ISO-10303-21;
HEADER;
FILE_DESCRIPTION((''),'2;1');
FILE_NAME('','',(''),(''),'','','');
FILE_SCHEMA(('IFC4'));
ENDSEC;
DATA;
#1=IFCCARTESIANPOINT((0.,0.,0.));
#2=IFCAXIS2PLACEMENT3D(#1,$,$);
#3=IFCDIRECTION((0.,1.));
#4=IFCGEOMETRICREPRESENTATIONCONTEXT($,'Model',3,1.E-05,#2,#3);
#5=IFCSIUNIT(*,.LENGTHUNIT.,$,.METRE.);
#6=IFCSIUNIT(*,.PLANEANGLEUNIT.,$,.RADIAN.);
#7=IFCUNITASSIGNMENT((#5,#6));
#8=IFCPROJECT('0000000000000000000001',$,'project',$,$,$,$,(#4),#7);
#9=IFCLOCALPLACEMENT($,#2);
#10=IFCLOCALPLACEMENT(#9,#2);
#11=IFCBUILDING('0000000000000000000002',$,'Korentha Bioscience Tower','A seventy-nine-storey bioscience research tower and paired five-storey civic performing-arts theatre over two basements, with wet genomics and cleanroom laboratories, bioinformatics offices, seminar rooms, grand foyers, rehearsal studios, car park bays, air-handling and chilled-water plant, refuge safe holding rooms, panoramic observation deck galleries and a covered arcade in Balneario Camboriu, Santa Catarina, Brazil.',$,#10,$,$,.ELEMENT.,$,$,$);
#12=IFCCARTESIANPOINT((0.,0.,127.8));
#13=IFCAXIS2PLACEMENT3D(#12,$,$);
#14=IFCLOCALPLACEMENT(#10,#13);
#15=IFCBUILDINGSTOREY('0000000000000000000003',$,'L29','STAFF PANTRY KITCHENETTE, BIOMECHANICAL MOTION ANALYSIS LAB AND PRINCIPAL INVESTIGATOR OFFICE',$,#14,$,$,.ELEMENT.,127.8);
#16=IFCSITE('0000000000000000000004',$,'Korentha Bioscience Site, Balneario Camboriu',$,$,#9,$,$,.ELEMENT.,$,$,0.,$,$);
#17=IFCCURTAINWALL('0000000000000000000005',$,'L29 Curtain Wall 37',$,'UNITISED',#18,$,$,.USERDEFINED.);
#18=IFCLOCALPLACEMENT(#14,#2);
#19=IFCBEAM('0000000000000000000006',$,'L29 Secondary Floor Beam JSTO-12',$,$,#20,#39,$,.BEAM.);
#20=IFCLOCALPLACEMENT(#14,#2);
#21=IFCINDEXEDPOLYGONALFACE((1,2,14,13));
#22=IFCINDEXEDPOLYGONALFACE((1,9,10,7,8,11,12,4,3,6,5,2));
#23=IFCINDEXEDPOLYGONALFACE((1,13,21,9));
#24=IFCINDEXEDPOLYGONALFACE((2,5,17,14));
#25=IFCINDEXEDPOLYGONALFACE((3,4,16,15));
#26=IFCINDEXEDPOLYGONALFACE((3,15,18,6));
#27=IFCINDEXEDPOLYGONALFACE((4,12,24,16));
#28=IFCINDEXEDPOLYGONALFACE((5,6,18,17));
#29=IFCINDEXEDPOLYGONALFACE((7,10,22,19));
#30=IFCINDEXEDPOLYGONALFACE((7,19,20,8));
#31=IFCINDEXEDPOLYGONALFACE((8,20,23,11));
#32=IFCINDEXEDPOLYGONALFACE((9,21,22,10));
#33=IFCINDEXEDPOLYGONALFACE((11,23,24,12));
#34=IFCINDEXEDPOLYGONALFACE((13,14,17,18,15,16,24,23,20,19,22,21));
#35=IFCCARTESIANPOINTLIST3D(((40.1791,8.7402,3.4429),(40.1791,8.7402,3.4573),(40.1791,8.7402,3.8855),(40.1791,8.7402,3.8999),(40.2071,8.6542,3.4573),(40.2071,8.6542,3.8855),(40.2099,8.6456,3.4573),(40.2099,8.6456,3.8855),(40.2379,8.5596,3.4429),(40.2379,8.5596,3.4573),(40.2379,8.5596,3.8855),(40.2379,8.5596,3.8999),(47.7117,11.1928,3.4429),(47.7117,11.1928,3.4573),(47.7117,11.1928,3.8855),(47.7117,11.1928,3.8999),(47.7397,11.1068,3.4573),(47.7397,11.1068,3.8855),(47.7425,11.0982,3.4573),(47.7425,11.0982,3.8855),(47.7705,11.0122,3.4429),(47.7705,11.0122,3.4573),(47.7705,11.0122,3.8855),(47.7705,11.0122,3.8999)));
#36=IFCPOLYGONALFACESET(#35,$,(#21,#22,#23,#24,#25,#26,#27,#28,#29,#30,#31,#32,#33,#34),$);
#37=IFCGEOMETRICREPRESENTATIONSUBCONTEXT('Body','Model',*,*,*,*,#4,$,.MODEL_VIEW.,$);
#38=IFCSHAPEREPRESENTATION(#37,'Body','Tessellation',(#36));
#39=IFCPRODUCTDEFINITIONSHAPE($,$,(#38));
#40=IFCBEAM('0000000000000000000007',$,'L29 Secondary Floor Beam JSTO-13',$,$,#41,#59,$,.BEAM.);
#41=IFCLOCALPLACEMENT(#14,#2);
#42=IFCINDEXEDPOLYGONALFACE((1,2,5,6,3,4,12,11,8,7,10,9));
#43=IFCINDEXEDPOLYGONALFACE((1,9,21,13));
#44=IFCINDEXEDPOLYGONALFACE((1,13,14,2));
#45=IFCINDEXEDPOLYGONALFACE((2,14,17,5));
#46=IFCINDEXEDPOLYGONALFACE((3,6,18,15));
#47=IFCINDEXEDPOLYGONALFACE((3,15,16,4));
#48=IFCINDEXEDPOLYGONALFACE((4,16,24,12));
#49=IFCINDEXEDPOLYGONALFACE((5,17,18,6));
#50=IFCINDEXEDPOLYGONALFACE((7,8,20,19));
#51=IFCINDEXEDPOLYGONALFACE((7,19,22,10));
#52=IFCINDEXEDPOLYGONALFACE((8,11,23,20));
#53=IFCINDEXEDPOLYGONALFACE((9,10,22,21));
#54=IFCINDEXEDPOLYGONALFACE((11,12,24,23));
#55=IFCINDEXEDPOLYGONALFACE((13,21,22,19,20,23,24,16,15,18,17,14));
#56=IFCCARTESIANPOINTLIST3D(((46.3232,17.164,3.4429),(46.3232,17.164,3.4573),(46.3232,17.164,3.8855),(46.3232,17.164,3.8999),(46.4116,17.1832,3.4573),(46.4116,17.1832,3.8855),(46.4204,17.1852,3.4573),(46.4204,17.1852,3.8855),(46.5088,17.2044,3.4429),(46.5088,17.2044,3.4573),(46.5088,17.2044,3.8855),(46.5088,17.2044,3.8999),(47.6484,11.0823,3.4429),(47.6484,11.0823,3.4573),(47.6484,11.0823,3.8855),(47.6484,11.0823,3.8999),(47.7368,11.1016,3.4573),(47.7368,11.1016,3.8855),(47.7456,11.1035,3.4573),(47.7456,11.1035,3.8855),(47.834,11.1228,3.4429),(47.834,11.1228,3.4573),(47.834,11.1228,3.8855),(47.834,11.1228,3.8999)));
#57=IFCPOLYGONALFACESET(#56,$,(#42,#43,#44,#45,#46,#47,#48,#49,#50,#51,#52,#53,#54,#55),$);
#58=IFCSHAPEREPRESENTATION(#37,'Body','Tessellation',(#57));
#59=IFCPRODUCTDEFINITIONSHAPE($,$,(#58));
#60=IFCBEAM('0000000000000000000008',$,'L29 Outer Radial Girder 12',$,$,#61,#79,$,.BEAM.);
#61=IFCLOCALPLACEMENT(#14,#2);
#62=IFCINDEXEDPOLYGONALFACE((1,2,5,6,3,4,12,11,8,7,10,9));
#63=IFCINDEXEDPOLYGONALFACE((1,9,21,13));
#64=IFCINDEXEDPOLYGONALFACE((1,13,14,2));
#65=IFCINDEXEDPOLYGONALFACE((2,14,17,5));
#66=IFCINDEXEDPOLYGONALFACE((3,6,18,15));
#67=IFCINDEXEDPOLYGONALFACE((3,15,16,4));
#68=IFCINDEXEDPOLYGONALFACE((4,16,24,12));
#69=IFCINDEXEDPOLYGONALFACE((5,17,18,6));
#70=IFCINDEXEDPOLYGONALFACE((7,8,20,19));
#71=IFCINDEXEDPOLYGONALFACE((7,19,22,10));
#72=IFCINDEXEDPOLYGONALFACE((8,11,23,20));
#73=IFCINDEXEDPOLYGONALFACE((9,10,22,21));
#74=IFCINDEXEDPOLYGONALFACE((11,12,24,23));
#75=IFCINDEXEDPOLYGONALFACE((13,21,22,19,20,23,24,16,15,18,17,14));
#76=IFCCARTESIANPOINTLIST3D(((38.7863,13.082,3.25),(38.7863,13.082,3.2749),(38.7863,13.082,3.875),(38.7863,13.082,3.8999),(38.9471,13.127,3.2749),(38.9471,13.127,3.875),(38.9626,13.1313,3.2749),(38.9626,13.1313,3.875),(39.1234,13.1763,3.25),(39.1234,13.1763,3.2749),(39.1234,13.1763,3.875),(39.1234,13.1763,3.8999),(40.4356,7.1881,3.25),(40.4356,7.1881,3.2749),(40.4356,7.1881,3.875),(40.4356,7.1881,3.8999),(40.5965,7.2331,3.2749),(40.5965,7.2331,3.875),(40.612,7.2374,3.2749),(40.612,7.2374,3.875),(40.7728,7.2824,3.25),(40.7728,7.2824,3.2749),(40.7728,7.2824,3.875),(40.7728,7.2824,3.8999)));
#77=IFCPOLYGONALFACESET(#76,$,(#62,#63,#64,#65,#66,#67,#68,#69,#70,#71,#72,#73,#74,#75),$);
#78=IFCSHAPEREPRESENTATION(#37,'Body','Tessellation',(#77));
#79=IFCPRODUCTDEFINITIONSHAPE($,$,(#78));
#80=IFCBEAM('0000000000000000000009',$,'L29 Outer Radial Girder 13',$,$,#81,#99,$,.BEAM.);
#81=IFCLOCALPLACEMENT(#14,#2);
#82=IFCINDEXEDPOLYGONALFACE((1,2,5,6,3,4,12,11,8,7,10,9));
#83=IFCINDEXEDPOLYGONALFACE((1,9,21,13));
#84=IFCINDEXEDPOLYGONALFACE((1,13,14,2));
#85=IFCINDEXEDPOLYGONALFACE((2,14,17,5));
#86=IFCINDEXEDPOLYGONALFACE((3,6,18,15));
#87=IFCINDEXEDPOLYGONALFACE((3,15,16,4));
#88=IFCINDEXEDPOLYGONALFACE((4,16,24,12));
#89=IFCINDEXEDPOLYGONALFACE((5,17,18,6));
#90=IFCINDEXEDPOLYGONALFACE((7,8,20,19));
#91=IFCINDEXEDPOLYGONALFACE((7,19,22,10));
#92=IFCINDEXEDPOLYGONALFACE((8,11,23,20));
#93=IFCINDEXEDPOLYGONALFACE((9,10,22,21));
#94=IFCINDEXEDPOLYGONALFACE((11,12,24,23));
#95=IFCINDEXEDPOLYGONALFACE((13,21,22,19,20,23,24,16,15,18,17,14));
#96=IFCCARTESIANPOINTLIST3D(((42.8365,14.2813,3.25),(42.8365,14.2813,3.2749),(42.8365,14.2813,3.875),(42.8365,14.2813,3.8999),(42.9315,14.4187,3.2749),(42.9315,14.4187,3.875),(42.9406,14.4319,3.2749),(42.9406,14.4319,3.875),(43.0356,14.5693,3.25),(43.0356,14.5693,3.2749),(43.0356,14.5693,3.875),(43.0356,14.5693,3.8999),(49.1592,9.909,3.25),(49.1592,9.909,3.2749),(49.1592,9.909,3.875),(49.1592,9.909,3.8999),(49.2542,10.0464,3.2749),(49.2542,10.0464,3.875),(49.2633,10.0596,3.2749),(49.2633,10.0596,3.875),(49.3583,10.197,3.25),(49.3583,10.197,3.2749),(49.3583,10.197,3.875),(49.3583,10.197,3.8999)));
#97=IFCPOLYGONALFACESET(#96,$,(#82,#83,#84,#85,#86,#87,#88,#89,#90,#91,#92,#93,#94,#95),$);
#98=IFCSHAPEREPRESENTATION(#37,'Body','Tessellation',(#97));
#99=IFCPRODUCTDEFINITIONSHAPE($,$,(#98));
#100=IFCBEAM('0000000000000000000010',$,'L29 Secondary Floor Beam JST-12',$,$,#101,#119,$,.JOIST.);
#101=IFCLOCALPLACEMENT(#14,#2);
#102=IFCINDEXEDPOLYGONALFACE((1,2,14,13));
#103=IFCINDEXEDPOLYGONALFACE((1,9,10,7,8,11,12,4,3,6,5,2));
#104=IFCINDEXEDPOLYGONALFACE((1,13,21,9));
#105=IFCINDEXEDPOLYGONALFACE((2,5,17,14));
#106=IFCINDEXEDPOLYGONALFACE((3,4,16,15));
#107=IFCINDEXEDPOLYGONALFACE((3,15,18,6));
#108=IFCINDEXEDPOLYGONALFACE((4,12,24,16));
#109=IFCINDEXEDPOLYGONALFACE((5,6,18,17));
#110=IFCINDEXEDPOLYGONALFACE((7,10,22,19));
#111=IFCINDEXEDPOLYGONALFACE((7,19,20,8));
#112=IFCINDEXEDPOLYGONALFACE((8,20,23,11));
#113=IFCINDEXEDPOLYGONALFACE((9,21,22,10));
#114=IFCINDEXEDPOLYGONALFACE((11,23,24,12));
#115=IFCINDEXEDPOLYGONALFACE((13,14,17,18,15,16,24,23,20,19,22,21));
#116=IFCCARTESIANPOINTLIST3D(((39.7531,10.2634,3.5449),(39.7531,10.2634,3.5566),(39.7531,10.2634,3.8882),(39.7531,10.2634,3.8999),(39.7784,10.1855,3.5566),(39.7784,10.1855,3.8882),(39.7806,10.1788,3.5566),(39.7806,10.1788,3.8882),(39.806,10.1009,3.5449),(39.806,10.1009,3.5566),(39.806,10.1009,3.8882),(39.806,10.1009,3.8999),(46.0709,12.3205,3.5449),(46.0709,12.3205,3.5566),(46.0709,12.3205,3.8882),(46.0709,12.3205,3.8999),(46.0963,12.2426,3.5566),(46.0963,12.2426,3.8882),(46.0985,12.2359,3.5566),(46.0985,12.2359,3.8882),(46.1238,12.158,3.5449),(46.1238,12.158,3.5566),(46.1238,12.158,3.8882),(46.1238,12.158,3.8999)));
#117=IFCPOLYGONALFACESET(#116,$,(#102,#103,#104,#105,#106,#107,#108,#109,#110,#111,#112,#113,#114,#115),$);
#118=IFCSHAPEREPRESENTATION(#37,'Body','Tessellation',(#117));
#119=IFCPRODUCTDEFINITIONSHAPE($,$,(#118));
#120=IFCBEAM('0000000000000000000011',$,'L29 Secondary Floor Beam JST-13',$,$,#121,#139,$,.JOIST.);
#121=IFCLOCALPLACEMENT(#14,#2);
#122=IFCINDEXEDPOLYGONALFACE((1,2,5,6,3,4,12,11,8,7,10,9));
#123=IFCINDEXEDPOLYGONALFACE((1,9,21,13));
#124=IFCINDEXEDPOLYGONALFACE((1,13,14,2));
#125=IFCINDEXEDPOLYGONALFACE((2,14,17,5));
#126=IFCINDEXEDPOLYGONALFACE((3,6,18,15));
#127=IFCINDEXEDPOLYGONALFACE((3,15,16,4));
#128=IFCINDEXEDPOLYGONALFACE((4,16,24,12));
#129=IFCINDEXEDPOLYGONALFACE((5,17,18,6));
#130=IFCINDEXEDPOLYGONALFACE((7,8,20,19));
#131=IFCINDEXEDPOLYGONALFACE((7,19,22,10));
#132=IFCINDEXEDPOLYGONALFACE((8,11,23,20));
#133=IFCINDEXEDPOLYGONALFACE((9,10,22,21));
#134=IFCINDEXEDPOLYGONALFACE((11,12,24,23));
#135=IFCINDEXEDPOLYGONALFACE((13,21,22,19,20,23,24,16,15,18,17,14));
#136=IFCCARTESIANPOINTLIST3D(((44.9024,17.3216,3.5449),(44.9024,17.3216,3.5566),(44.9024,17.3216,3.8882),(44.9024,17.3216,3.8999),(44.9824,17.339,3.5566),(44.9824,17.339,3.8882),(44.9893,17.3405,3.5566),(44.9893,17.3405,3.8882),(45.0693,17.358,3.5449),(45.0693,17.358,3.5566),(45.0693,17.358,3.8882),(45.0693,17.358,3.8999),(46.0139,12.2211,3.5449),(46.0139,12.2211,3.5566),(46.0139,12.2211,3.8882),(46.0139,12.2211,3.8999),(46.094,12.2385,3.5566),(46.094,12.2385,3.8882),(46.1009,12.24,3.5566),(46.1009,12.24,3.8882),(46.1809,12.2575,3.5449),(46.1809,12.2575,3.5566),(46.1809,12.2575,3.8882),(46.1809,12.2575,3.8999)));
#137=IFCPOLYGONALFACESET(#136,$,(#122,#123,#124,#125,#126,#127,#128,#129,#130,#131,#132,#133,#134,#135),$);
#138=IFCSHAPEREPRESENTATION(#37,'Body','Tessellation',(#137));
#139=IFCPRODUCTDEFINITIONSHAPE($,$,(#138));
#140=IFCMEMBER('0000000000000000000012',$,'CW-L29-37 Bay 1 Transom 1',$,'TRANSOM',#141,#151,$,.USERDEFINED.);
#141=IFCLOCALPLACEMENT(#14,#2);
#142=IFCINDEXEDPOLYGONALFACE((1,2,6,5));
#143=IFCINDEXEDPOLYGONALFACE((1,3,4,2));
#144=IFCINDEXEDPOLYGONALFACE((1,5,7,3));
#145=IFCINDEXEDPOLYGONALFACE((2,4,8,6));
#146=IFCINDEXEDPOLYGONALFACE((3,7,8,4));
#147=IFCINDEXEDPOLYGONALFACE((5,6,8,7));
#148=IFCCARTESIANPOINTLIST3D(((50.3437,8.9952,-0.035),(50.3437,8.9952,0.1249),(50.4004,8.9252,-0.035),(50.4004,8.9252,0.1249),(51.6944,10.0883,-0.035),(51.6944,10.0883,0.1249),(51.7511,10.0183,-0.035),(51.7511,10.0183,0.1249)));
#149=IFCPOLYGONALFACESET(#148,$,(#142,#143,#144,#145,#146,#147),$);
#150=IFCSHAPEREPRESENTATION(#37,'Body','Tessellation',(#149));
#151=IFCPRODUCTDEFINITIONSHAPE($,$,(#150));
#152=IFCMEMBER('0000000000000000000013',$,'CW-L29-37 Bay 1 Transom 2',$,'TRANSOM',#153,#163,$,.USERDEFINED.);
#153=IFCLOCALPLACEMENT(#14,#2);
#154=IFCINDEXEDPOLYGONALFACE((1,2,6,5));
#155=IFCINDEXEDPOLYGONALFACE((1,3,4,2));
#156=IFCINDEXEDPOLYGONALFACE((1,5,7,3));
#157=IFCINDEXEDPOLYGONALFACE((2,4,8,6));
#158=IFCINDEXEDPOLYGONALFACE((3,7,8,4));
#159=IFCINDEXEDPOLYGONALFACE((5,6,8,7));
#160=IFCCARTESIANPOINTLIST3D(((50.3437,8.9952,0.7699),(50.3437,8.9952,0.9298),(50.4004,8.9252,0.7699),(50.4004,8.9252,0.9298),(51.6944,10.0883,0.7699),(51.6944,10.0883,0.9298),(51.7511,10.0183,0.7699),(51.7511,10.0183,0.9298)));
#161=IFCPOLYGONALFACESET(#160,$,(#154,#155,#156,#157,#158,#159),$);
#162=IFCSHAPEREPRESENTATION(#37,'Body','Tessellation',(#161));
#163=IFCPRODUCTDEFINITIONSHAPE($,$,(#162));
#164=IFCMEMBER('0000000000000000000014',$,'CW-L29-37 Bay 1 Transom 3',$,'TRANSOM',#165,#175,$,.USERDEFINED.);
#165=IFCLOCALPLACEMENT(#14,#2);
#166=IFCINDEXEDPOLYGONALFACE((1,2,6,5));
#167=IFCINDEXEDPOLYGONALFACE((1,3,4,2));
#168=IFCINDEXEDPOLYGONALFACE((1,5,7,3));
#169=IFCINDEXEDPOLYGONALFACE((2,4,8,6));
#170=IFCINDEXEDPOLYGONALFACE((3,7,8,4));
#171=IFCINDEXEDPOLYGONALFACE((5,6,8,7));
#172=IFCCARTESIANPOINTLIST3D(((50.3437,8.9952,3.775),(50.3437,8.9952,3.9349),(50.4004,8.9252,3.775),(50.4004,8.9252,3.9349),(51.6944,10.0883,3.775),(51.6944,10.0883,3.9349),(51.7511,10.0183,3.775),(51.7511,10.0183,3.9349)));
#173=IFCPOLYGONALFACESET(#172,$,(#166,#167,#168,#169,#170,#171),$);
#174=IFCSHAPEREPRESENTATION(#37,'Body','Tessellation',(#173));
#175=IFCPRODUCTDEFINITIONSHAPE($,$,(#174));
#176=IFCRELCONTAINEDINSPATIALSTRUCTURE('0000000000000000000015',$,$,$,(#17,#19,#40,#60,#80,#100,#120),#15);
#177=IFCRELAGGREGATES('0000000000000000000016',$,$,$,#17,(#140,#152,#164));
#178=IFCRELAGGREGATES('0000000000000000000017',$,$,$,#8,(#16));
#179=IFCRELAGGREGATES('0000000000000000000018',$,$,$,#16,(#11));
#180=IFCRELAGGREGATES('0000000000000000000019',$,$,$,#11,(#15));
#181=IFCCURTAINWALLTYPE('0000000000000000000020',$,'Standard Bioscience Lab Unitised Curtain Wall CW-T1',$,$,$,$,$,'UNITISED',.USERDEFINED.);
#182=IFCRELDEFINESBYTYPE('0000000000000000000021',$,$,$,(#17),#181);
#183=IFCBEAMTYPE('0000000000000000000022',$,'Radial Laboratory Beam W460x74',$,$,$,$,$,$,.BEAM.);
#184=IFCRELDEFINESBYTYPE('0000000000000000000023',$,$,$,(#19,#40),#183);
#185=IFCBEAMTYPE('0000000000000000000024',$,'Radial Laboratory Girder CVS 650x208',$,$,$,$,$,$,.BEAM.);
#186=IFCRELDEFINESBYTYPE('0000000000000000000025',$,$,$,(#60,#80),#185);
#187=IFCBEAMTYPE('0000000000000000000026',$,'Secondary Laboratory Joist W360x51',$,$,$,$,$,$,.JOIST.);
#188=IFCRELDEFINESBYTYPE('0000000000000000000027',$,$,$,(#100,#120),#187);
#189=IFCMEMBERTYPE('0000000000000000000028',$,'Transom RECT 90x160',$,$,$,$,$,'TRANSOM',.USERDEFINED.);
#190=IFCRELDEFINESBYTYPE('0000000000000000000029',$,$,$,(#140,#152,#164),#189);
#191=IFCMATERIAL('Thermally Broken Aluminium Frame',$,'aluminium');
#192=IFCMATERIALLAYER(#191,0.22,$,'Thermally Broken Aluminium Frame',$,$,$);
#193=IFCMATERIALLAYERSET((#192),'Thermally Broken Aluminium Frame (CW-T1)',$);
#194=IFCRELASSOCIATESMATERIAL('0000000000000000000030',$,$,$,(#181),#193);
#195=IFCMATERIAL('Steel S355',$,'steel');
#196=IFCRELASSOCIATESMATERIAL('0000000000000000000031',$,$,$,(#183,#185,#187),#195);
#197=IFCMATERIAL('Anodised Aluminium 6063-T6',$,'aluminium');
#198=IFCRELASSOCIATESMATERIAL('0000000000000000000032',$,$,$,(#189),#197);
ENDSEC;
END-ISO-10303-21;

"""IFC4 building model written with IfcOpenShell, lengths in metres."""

from ifc_helpers import new_model, si_unit, direction, frame, origin, origin_2d, place, context, subcontext, project, spatial, rectangle, i_section, extrude, material, layer, layer_set, material_profile, profile_set, type_object, element, aggregate, save


model = new_model("IFC4")

# Units and contexts
model_context = context("Model", 3, precision=1e-05, world=origin(), true_north=direction((0.0, 1.0)))
body_context = subcontext(model_context, "Body", "Model", "MODEL_VIEW")
ifc_project = project(units=[si_unit("LENGTHUNIT", "METRE"), si_unit("PLANEANGLEUNIT", "RADIAN")], contexts=[model_context])

# Site, building, storey
site_placement = place(None, origin())
site = spatial("IfcSite", under=ifc_project, at=site_placement, Name="Korentha Bioscience Site, Balneario Camboriu", CompositionType="ELEMENT", RefElevation=0.0)
building_placement = place(site_placement, origin())
building = spatial("IfcBuilding", under=site, at=building_placement, Name="Korentha Bioscience Tower", Description="A seventy-nine-storey bioscience research tower and paired five-storey civic performing-arts theatre over two basements, with wet genomics and cleanroom laboratories, bioinformatics offices, seminar rooms, grand foyers, rehearsal studios, car park bays, air-handling and chilled-water plant, refuge safe holding rooms, panoramic observation deck galleries and a covered arcade in Balneario Camboriu, Santa Catarina, Brazil.", CompositionType="ELEMENT")
storey_placement = place(building_placement, frame((0.0, 0.0, 127.8)))
storey = spatial("IfcBuildingStorey", under=building, at=storey_placement, Name="L29", Description="STAFF PANTRY KITCHENETTE, BIOMECHANICAL MOTION ANALYSIS LAB AND PRINCIPAL INVESTIGATOR OFFICE", CompositionType="ELEMENT", Elevation=127.8)

# Shared definitions
ifc_material_1 = material(Name="Steel S355", Category="steel")

# Curtain wall
ifc_material_2 = material(Name="Thermally Broken Aluminium Frame", Category="aluminium")
ifc_layer_1 = layer(ifc_material_2, 0.22, Name="Thermally Broken Aluminium Frame")
ifc_layer_set_1 = layer_set([ifc_layer_1], Name="Thermally Broken Aluminium Frame (CW-T1)")
curtain_wall_type = type_object("IfcCurtainWallType", Name="Standard Bioscience Lab Unitised Curtain Wall CW-T1", ElementType="UNITISED", PredefinedType="USERDEFINED", material=ifc_layer_set_1)
curtain_wall_placement = place(storey_placement, origin())
curtain_wall = element("IfcCurtainWall", 1, at=curtain_wall_placement, inside=storey, type_object=curtain_wall_type, Name="L29 Curtain Wall 37", ObjectType="UNITISED", PredefinedType="USERDEFINED")
ifc_material_3 = material(Name="Anodised Aluminium 6063-T6", Category="aluminium")

# Beams
ifc_material_profile_1 = material_profile(ifc_material_1, i_section(OverallWidth=0.1899, OverallDepth=0.457, WebThickness=0.009, FlangeThickness=0.0144, at=origin_2d()), Name="Steel S355")
ifc_profile_set_1 = profile_set([ifc_material_profile_1], Name="Steel S355 (RB-460)")
beam_type_1 = type_object("IfcBeamType", Name="Radial Laboratory Beam W460x74", PredefinedType="BEAM", material=ifc_profile_set_1)
beam_1_placement = place(storey_placement, frame((40.2085, 8.6499, 3.6714), z_axis=(0.950867, 0.3096, 0.0), x_axis=(-0.3096, 0.950867, 0.0)))
element("IfcBeam", 2, at=beam_1_placement, inside=storey, type_object=beam_type_1, Name="L29 Secondary Floor Beam JSTO-12", PredefinedType="BEAM", context=body_context, shape_type="SweptSolid", body=[
    extrude(i_section(OverallWidth=0.1899, OverallDepth=0.457, WebThickness=0.009, FlangeThickness=0.0144, at=origin_2d()), origin(), (0.0, 0.0, 1.0), 7.9219),
])
beam_2_placement = place(storey_placement, frame((47.7412, 11.1025, 3.6714), z_axis=(-0.212908, 0.977072, 0.0), x_axis=(-0.977072, -0.212908, 0.0)))
element("IfcBeam", 3, at=beam_2_placement, inside=storey, type_object=beam_type_1, Name="L29 Secondary Floor Beam JSTO-13", PredefinedType="BEAM", context=body_context, shape_type="SweptSolid", body=[
    extrude(i_section(OverallWidth=0.1899, OverallDepth=0.457, WebThickness=0.009, FlangeThickness=0.0144, at=origin_2d()), origin(), (0.0, 0.0, 1.0), 6.2244),
])
ifc_material_profile_2 = material_profile(ifc_material_1, i_section(OverallWidth=0.3501, OverallDepth=0.6499, WebThickness=0.0161, FlangeThickness=0.0249, at=origin_2d()), Name="Steel S355")
ifc_profile_set_2 = profile_set([ifc_material_profile_2], Name="Steel S355 (RB-650)")
beam_type_2 = type_object("IfcBeamType", Name="Radial Laboratory Girder CVS 650x208", PredefinedType="BEAM", material=ifc_profile_set_2)
beam_3_placement = place(storey_placement, frame((38.9548, 13.1292, 3.575), z_axis=(0.269491, -0.963003, 0.0), x_axis=(0.963003, 0.269491, 0.0)))
element("IfcBeam", 4, at=beam_3_placement, inside=storey, type_object=beam_type_2, Name="L29 Outer Radial Girder 12", PredefinedType="BEAM", context=body_context, shape_type="SweptSolid", body=[
    extrude(i_section(OverallWidth=0.3501, OverallDepth=0.6499, WebThickness=0.0161, FlangeThickness=0.0249, at=origin_2d()), origin(), (0.0, 0.0, 1.0), 6.1204),
])
beam_4_placement = place(storey_placement, frame((42.936, 14.4253, 3.575), z_axis=(0.822495, -0.568772, 0.0), x_axis=(0.568772, 0.822495, 0.0)))
element("IfcBeam", 5, at=beam_4_placement, inside=storey, type_object=beam_type_2, Name="L29 Outer Radial Girder 13", PredefinedType="BEAM", context=body_context, shape_type="SweptSolid", body=[
    extrude(i_section(OverallWidth=0.3501, OverallDepth=0.6499, WebThickness=0.0161, FlangeThickness=0.0249, at=origin_2d()), origin(), (0.0, 0.0, 1.0), 7.6873),
])
ifc_material_profile_3 = material_profile(ifc_material_1, i_section(OverallWidth=0.1709, OverallDepth=0.355, WebThickness=0.0071, FlangeThickness=0.0117, at=origin_2d()), Name="Steel S355")
ifc_profile_set_3 = profile_set([ifc_material_profile_3], Name="Steel S355 (JB-360)")
beam_type_3 = type_object("IfcBeamType", Name="Secondary Laboratory Joist W360x51", PredefinedType="JOIST", material=ifc_profile_set_3)
beam_5_placement = place(storey_placement, frame((39.7795, 10.1821, 3.7224), z_axis=(0.950865, 0.309606, 0.0), x_axis=(-0.309606, 0.950865, 0.0)))
element("IfcBeam", 6, at=beam_5_placement, inside=storey, type_object=beam_type_3, Name="L29 Secondary Floor Beam JST-12", PredefinedType="JOIST", context=body_context, shape_type="SweptSolid", body=[
    extrude(i_section(OverallWidth=0.1709, OverallDepth=0.355, WebThickness=0.0071, FlangeThickness=0.0117, at=origin_2d()), origin(), (0.0, 0.0, 1.0), 6.6443),
])
beam_6_placement = place(storey_placement, frame((46.0974, 12.2393, 3.7224), z_axis=(-0.212932, 0.977067, 0.0), x_axis=(-0.977067, -0.212932, 0.0)))
element("IfcBeam", 7, at=beam_6_placement, inside=storey, type_object=beam_type_3, Name="L29 Secondary Floor Beam JST-13", PredefinedType="JOIST", context=body_context, shape_type="SweptSolid", body=[
    extrude(i_section(OverallWidth=0.1709, OverallDepth=0.355, WebThickness=0.0071, FlangeThickness=0.0117, at=origin_2d()), origin(), (0.0, 0.0, 1.0), 5.2202),
])

# Members
ifc_material_profile_4 = material_profile(ifc_material_3, rectangle(XDim=0.0901, YDim=0.1599, at=origin_2d()), Name="Anodised Aluminium 6063-T6")
ifc_profile_set_4 = profile_set([ifc_material_profile_4], Name="Anodised Aluminium 6063-T6 (CW-TRN)")
member_type_1 = type_object("IfcMemberType", Name="Transom RECT 90x160", ElementType="TRANSOM", PredefinedType="USERDEFINED", material=ifc_profile_set_4)
member_1_placement = place(storey_placement, frame((50.3721, 8.9602, 0.0449), z_axis=(0.777333, 0.629089, 0.0), x_axis=(-0.629089, 0.777333, 0.0)))
member_1 = element("IfcMember", 8, at=member_1_placement, type_object=member_type_1, Name="CW-L29-37 Bay 1 Transom 1", ObjectType="TRANSOM", PredefinedType="USERDEFINED", context=body_context, shape_type="SweptSolid", body=[
    extrude(rectangle(XDim=0.0901, YDim=0.1599, at=origin_2d()), origin(), (0.0, 0.0, 1.0), 1.7375),
])
member_2_placement = place(storey_placement, frame((50.3721, 8.9602, 0.8499), z_axis=(0.777333, 0.629089, 0.0), x_axis=(-0.629089, 0.777333, 0.0)))
member_2 = element("IfcMember", 9, at=member_2_placement, type_object=member_type_1, Name="CW-L29-37 Bay 1 Transom 2", ObjectType="TRANSOM", PredefinedType="USERDEFINED", context=body_context, shape_type="SweptSolid", body=[
    extrude(rectangle(XDim=0.0901, YDim=0.1599, at=origin_2d()), origin(), (0.0, 0.0, 1.0), 1.7375),
])
member_3_placement = place(storey_placement, frame((50.3721, 8.9602, 3.855), z_axis=(0.777333, 0.629089, 0.0), x_axis=(-0.629089, 0.777333, 0.0)))
member_3 = element("IfcMember", 10, at=member_3_placement, type_object=member_type_1, Name="CW-L29-37 Bay 1 Transom 3", ObjectType="TRANSOM", PredefinedType="USERDEFINED", context=body_context, shape_type="SweptSolid", body=[
    extrude(rectangle(XDim=0.0901, YDim=0.1599, at=origin_2d()), origin(), (0.0, 0.0, 1.0), 1.7375),
])

aggregate(curtain_wall, [member_1, member_2, member_3])

save(model, "model.ifc")
